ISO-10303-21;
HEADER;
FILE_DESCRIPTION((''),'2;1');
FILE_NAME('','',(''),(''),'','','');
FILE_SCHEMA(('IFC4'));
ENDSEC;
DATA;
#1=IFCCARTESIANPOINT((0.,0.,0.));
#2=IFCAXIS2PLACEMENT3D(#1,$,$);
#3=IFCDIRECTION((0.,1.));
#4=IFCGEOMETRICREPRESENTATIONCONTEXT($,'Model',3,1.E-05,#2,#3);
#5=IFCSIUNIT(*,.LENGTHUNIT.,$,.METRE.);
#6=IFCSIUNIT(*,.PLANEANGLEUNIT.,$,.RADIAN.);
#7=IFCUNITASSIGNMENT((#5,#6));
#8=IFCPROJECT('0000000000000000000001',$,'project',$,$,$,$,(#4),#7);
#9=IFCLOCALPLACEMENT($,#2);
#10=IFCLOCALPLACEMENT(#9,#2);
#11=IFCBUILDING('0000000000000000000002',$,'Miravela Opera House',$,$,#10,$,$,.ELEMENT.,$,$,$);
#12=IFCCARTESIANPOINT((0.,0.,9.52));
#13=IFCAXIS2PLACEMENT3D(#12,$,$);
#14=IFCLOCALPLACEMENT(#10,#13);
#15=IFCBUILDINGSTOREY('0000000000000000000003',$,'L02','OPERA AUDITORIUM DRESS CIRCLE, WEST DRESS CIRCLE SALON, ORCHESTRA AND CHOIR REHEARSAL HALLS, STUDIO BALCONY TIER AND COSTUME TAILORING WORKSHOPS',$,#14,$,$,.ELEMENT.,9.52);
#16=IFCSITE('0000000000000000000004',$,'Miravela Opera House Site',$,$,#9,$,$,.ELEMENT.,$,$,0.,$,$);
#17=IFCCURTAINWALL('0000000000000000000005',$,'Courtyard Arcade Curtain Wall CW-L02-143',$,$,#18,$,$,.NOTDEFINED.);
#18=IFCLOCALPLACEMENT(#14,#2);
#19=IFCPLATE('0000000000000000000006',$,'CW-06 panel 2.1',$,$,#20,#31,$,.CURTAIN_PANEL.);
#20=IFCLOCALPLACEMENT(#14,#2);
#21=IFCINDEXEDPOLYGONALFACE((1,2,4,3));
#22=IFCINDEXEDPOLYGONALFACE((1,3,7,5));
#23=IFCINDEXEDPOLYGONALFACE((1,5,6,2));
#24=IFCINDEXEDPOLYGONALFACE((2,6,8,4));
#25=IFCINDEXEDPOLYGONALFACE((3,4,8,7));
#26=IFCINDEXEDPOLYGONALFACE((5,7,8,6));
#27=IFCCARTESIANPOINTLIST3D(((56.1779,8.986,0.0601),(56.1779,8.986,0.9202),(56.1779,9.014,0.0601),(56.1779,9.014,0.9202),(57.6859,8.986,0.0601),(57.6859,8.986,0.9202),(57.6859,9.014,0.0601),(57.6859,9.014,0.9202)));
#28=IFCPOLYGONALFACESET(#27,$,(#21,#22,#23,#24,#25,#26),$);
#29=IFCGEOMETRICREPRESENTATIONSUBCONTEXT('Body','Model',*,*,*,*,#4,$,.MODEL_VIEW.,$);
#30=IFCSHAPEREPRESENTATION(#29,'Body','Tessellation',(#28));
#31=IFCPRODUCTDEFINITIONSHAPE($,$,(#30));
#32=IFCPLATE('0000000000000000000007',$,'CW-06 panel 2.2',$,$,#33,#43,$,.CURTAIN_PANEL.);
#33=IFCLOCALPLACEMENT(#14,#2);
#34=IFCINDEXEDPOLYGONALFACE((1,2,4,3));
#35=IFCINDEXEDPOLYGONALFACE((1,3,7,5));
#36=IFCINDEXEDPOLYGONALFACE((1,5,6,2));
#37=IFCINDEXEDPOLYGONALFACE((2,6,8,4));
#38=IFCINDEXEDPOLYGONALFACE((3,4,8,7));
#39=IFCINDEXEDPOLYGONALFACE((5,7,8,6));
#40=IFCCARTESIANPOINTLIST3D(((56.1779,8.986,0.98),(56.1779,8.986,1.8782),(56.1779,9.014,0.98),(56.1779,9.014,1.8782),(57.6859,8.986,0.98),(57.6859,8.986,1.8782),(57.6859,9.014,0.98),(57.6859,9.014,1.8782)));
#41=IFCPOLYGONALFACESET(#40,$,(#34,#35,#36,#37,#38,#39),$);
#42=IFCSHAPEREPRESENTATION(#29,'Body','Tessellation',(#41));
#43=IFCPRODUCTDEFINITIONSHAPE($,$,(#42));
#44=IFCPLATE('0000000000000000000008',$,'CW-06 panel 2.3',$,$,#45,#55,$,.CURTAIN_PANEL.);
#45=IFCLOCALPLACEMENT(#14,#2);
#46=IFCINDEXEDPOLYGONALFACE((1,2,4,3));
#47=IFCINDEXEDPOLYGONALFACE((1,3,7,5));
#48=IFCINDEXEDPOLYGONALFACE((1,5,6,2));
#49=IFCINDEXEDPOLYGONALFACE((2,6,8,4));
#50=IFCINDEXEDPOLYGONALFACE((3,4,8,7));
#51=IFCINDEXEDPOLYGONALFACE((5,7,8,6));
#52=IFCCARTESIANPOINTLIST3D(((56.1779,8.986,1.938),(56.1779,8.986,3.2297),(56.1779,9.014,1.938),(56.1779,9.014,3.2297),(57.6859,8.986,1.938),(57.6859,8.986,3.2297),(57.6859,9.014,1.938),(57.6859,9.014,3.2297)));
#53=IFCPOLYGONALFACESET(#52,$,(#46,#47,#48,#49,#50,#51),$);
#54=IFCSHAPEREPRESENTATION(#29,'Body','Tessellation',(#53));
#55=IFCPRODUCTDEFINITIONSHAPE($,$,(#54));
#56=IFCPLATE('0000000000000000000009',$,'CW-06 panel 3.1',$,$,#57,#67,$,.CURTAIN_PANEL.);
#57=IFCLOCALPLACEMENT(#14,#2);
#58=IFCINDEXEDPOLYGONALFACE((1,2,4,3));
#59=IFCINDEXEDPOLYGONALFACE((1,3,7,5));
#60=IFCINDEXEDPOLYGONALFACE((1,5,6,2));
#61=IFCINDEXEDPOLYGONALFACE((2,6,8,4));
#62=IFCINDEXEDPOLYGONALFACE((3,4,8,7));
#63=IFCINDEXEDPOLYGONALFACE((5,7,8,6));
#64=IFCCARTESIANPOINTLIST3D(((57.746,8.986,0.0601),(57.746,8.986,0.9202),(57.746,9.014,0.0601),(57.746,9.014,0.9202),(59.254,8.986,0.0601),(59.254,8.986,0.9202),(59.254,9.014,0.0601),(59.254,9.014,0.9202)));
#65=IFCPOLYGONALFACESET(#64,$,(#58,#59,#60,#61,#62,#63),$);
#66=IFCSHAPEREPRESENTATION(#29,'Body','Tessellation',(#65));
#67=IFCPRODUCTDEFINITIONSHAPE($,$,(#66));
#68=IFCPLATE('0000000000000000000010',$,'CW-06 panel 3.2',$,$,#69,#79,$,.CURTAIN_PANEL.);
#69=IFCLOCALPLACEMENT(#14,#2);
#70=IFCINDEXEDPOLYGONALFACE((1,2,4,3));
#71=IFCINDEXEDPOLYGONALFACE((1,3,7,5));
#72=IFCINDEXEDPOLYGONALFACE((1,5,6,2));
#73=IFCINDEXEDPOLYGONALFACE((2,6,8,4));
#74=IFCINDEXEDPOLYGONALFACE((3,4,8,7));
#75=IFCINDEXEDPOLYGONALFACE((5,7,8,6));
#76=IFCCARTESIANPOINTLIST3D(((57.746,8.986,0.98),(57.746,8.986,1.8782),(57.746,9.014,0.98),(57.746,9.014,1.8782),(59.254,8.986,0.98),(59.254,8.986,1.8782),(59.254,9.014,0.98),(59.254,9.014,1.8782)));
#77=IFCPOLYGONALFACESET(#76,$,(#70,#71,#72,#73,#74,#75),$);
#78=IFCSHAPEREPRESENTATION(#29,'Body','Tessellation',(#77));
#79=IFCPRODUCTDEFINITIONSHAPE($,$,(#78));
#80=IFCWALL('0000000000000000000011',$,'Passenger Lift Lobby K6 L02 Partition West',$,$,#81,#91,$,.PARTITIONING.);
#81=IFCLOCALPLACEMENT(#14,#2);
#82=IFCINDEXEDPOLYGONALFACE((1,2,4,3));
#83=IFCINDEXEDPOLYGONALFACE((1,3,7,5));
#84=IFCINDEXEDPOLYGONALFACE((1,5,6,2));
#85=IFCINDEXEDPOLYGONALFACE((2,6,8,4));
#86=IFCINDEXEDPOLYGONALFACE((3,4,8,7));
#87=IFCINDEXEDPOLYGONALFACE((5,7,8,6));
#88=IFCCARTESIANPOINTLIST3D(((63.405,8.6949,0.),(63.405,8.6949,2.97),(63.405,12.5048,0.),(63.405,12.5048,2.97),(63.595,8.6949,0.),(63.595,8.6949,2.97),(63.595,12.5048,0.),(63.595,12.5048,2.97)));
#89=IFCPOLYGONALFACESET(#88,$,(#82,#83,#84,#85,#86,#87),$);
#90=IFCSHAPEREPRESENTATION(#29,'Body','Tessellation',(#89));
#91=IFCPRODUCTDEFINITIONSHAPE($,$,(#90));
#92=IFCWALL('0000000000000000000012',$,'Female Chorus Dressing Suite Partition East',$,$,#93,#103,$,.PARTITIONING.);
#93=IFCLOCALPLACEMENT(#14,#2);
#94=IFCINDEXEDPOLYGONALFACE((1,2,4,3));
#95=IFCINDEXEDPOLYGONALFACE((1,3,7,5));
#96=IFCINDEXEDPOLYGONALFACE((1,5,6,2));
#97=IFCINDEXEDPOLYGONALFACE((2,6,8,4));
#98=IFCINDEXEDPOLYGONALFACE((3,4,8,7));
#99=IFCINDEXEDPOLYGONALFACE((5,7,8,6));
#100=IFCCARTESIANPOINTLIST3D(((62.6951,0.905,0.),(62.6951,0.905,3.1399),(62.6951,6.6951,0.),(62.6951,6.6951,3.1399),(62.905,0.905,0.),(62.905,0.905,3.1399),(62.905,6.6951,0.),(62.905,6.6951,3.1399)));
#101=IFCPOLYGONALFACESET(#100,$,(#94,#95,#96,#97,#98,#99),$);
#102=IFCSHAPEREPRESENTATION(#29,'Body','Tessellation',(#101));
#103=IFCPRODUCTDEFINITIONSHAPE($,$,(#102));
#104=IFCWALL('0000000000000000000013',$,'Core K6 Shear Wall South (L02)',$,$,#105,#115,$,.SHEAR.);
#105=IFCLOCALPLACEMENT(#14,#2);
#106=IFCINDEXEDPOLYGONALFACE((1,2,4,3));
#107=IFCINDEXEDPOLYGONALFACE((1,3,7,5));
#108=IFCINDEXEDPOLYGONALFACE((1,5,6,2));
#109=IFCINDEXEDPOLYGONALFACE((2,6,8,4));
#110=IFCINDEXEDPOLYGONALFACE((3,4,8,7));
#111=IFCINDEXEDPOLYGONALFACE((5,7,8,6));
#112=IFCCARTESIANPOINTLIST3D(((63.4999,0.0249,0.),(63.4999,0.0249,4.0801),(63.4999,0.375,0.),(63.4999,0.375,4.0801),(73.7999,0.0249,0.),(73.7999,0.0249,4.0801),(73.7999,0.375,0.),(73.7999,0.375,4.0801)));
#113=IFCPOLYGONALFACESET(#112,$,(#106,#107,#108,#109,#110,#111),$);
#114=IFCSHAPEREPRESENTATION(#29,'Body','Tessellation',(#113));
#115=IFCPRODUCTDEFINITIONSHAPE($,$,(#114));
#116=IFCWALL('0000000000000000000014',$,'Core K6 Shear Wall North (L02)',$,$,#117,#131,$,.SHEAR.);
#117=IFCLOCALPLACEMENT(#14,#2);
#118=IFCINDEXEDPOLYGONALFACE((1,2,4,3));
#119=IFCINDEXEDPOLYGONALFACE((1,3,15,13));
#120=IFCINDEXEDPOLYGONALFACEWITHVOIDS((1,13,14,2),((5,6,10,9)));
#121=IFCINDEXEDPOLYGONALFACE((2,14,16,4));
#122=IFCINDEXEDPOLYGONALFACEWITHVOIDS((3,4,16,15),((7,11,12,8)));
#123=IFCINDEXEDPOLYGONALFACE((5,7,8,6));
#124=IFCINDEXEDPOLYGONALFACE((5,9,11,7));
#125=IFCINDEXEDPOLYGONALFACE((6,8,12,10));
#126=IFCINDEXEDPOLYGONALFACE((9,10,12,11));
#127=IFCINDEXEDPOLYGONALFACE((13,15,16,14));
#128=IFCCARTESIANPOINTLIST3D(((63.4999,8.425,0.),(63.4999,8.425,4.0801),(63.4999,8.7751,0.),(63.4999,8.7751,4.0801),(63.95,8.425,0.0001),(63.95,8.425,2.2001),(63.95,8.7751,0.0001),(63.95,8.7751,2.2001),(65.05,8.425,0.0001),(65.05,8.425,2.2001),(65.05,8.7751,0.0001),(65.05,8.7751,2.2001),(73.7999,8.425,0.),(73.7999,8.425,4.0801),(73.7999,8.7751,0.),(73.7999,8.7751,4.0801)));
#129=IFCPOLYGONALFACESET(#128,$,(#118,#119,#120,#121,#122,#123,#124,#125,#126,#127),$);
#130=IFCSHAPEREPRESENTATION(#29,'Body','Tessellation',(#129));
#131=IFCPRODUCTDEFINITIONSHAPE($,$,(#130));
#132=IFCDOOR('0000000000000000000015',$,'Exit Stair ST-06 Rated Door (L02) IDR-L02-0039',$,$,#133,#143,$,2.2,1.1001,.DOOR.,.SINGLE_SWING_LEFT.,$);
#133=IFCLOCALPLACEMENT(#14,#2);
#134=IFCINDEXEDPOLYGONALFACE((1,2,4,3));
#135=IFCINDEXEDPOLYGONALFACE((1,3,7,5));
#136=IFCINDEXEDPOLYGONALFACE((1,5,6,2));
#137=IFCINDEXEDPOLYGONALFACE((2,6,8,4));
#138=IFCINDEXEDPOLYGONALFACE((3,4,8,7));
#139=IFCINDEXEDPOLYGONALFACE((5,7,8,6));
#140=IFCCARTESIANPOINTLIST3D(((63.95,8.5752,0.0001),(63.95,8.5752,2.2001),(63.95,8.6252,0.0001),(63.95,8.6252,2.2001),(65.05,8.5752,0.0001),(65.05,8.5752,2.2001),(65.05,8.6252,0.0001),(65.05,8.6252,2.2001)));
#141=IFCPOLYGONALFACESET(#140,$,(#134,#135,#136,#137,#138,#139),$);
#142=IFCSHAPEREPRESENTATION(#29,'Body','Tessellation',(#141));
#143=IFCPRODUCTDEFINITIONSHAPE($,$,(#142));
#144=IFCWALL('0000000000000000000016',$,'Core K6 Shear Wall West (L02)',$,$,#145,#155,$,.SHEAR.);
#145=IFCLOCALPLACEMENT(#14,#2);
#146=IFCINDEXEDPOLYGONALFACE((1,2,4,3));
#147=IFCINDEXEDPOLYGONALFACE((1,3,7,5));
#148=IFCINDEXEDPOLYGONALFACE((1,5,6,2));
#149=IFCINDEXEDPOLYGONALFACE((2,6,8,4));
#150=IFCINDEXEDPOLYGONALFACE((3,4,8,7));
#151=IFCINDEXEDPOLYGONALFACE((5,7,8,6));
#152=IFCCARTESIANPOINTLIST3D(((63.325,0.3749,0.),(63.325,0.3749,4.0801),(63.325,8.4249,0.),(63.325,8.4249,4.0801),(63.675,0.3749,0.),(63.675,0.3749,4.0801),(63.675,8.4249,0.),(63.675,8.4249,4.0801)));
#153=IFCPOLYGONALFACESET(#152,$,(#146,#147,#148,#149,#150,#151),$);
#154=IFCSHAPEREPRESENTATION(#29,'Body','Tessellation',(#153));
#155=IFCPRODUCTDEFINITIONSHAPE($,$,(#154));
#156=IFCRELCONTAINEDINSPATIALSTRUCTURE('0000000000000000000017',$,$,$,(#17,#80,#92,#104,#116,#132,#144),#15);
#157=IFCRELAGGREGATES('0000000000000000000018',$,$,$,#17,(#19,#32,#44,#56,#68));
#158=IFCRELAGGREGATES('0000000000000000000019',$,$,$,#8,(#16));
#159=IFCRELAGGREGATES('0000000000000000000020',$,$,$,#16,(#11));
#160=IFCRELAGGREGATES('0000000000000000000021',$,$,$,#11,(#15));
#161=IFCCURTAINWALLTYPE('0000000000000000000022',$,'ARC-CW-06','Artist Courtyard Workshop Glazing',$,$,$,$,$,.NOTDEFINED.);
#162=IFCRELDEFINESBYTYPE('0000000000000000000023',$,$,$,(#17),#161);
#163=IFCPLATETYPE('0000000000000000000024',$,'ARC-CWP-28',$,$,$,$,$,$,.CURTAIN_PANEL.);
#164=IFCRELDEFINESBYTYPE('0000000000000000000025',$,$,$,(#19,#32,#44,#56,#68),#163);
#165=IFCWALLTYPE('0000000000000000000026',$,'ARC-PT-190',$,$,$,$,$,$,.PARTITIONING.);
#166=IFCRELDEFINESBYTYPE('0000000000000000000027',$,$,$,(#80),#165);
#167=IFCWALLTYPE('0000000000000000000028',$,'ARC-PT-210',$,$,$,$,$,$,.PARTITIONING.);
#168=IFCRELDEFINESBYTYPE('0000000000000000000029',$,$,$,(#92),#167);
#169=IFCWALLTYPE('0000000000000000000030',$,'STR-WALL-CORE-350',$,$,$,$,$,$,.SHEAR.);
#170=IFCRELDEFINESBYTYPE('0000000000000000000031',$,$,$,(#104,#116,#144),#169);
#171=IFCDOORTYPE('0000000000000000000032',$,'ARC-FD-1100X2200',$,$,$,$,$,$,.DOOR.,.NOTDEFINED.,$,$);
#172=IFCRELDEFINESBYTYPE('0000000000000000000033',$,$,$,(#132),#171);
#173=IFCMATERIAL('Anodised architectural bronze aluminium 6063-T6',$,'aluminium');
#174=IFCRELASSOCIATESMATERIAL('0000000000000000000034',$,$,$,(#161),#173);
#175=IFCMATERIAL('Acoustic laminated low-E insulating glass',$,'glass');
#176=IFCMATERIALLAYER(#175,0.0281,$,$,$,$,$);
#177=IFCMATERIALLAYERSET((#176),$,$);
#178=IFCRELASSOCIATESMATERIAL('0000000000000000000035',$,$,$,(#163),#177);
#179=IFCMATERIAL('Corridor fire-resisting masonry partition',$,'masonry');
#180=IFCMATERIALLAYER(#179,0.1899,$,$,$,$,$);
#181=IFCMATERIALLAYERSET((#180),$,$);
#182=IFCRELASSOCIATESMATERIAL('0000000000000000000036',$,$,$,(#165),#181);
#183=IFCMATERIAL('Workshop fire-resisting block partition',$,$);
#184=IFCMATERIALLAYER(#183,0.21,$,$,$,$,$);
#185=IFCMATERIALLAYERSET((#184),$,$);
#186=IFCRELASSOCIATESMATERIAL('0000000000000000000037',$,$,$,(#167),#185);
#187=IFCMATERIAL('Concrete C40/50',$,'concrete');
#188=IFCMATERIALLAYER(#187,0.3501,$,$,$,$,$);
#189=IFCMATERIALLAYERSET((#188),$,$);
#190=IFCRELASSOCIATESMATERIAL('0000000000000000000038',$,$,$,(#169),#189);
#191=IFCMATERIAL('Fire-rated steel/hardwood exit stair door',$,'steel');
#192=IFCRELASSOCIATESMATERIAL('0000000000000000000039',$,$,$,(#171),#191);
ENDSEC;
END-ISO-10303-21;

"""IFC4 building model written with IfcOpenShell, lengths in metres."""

from ifc_helpers import new_model, si_unit, direction, frame, frame_2d, origin, origin_2d, place, context, subcontext, project, spatial, rectangle, extrude, material, layer, layer_set, type_object, element, fill, aggregate, save


model = new_model("IFC4")

# Units and contexts
model_context = context("Model", 3, precision=1e-05, world=origin(), true_north=direction((0.0, 1.0)))
body_context = subcontext(model_context, "Body", "Model", "MODEL_VIEW")
ifc_project = project(units=[si_unit("LENGTHUNIT", "METRE"), si_unit("PLANEANGLEUNIT", "RADIAN")], contexts=[model_context])

# Site, building, storey
site_placement = place(None, origin())
site = spatial("IfcSite", under=ifc_project, at=site_placement, Name="Miravela Opera House Site", CompositionType="ELEMENT", RefElevation=0.0)
building_placement = place(site_placement, origin())
building = spatial("IfcBuilding", under=site, at=building_placement, Name="Miravela Opera House", CompositionType="ELEMENT")
storey_placement = place(building_placement, frame((0.0, 0.0, 9.52)))
storey = spatial("IfcBuildingStorey", under=building, at=storey_placement, Name="L02", Description="OPERA AUDITORIUM DRESS CIRCLE, WEST DRESS CIRCLE SALON, ORCHESTRA AND CHOIR REHEARSAL HALLS, STUDIO BALCONY TIER AND COSTUME TAILORING WORKSHOPS", CompositionType="ELEMENT", Elevation=9.52)

# Curtain wall
ifc_material_1 = material(Name="Anodised architectural bronze aluminium 6063-T6", Category="aluminium")
curtain_wall_type = type_object("IfcCurtainWallType", Name="ARC-CW-06", Description="Artist Courtyard Workshop Glazing", PredefinedType="NOTDEFINED", material=ifc_material_1)
curtain_wall_placement = place(storey_placement, origin())
curtain_wall = element("IfcCurtainWall", 1, at=curtain_wall_placement, inside=storey, type_object=curtain_wall_type, Name="Courtyard Arcade Curtain Wall CW-L02-143", PredefinedType="NOTDEFINED")

# Plates
ifc_material_2 = material(Name="Acoustic laminated low-E insulating glass", Category="glass")
ifc_layer_1 = layer(ifc_material_2, 0.0281)
ifc_layer_set_1 = layer_set([ifc_layer_1])
plate_type = type_object("IfcPlateType", Name="ARC-CWP-28", PredefinedType="CURTAIN_PANEL", material=ifc_layer_set_1)
plate_1_placement = place(storey_placement, frame((56.9319, 9.0, 0.0601), z_axis=(0.0, 0.0, 1.0), x_axis=(1.0, 0.0, 0.0)))
plate_1 = element("IfcPlate", 2, at=plate_1_placement, type_object=plate_type, Name="CW-06 panel 2.1", PredefinedType="CURTAIN_PANEL", context=body_context, shape_type="SweptSolid", body=[
    extrude(rectangle(XDim=1.5081, YDim=0.0281, at=origin_2d()), origin(), (0.0, 0.0, 1.0), 0.8601),
])
plate_2_placement = place(storey_placement, frame((56.9319, 9.0, 0.98), z_axis=(0.0, 0.0, 1.0), x_axis=(1.0, 0.0, 0.0)))
plate_2 = element("IfcPlate", 3, at=plate_2_placement, type_object=plate_type, Name="CW-06 panel 2.2", PredefinedType="CURTAIN_PANEL", context=body_context, shape_type="SweptSolid", body=[
    extrude(rectangle(XDim=1.5081, YDim=0.0281, at=origin_2d()), origin(), (0.0, 0.0, 1.0), 0.8982),
])
plate_3_placement = place(storey_placement, frame((56.9319, 9.0, 1.938), z_axis=(0.0, 0.0, 1.0), x_axis=(1.0, 0.0, 0.0)))
plate_3 = element("IfcPlate", 4, at=plate_3_placement, type_object=plate_type, Name="CW-06 panel 2.3", PredefinedType="CURTAIN_PANEL", context=body_context, shape_type="SweptSolid", body=[
    extrude(rectangle(XDim=1.5081, YDim=0.0281, at=origin_2d()), origin(), (0.0, 0.0, 1.0), 1.2917),
])
plate_4_placement = place(storey_placement, frame((58.5, 9.0, 0.0601), z_axis=(0.0, 0.0, 1.0), x_axis=(1.0, 0.0, 0.0)))
plate_4 = element("IfcPlate", 5, at=plate_4_placement, type_object=plate_type, Name="CW-06 panel 3.1", PredefinedType="CURTAIN_PANEL", context=body_context, shape_type="SweptSolid", body=[
    extrude(rectangle(XDim=1.5081, YDim=0.0281, at=origin_2d()), origin(), (0.0, 0.0, 1.0), 0.8601),
])
plate_5_placement = place(storey_placement, frame((58.5, 9.0, 0.98), z_axis=(0.0, 0.0, 1.0), x_axis=(1.0, 0.0, 0.0)))
plate_5 = element("IfcPlate", 6, at=plate_5_placement, type_object=plate_type, Name="CW-06 panel 3.2", PredefinedType="CURTAIN_PANEL", context=body_context, shape_type="SweptSolid", body=[
    extrude(rectangle(XDim=1.5081, YDim=0.0281, at=origin_2d()), origin(), (0.0, 0.0, 1.0), 0.8982),
])
aggregate(curtain_wall, [plate_1, plate_2, plate_3, plate_4, plate_5])

# Walls
ifc_material_3 = material(Name="Corridor fire-resisting masonry partition", Category="masonry")
ifc_layer_2 = layer(ifc_material_3, 0.1899)
ifc_layer_set_2 = layer_set([ifc_layer_2])
wall_type_1 = type_object("IfcWallType", Name="ARC-PT-190", PredefinedType="PARTITIONING", material=ifc_layer_set_2)
wall_1_placement = place(storey_placement, frame((63.5, 8.6951, 0.0), z_axis=(0.0, 0.0, 1.0), x_axis=(0.0, 1.0, 0.0)))
element("IfcWall", 7, at=wall_1_placement, inside=storey, type_object=wall_type_1, Name="Passenger Lift Lobby K6 L02 Partition West", PredefinedType="PARTITIONING", context=body_context, shape_type="SweptSolid", body=[
    extrude(rectangle(XDim=3.8098, YDim=0.1899, at=frame_2d((1.9048, 0.0))), origin(), (0.0, 0.0, 1.0), 2.97),
])
ifc_material_4 = material(Name="Workshop fire-resisting block partition")
ifc_layer_3 = layer(ifc_material_4, 0.21)
ifc_layer_set_3 = layer_set([ifc_layer_3])
wall_type_2 = type_object("IfcWallType", Name="ARC-PT-210", PredefinedType="PARTITIONING", material=ifc_layer_set_3)
wall_2_placement = place(storey_placement, frame((62.8, 0.905, 0.0), z_axis=(0.0, 0.0, 1.0), x_axis=(0.0, 1.0, 0.0)))
element("IfcWall", 8, at=wall_2_placement, inside=storey, type_object=wall_type_2, Name="Female Chorus Dressing Suite Partition East", PredefinedType="PARTITIONING", context=body_context, shape_type="SweptSolid", body=[
    extrude(rectangle(XDim=5.79, YDim=0.21, at=frame_2d((2.895, 0.0))), origin(), (0.0, 0.0, 1.0), 3.1399),
])
ifc_material_5 = material(Name="Concrete C40/50", Category="concrete")
ifc_layer_4 = layer(ifc_material_5, 0.3501)
ifc_layer_set_4 = layer_set([ifc_layer_4])
wall_type_3 = type_object("IfcWallType", Name="STR-WALL-CORE-350", PredefinedType="SHEAR", material=ifc_layer_set_4)
wall_3_placement = place(storey_placement, frame((63.5, 0.2, 0.0), z_axis=(0.0, 0.0, 1.0), x_axis=(1.0, 0.0, 0.0)))
element("IfcWall", 9, at=wall_3_placement, inside=storey, type_object=wall_type_3, Name="Core K6 Shear Wall South (L02)", PredefinedType="SHEAR", context=body_context, shape_type="SweptSolid", body=[
    extrude(rectangle(XDim=10.3, YDim=0.3501, at=frame_2d((5.1499, 0.0))), origin(), (0.0, 0.0, 1.0), 4.0801),
])

# Wall, opening, door
wall_4_placement = place(storey_placement, frame((63.5, 8.6001, 0.0), z_axis=(0.0, 0.0, 1.0), x_axis=(1.0, 0.0, 0.0)))
wall_4 = element("IfcWall", 10, at=wall_4_placement, inside=storey, type_object=wall_type_3, Name="Core K6 Shear Wall North (L02)", PredefinedType="SHEAR", context=body_context, shape_type="SweptSolid", body=[
    extrude(rectangle(XDim=10.3, YDim=0.3501, at=frame_2d((5.1499, 0.0))), origin(), (0.0, 0.0, 1.0), 4.0801),
])
opening_placement = place(wall_4_placement, frame((0.45, 0.0, 0.0)))
opening = element("IfcOpeningElement", 11, at=opening_placement, cuts=wall_4, PredefinedType="OPENING", context=body_context, shape_type="SweptSolid", body=[
    extrude(rectangle(XDim=1.1001, YDim=2.2, at=frame_2d((0.55, 1.1001))), frame((0.0, 0.1851, 0.0), z_axis=(0.0, -1.0, 0.0), x_axis=(1.0, 0.0, 0.0)), (0.0, 0.0, 1.0), 0.3701),
])
ifc_material_6 = material(Name="Fire-rated steel/hardwood exit stair door", Category="steel")
door_type = type_object("IfcDoorType", Name="ARC-FD-1100X2200", OperationType="NOTDEFINED", PredefinedType="DOOR", material=ifc_material_6)
door_placement = place(opening_placement, frame((1.1001, 0.0, 0.0), z_axis=(0.0, 0.0, 1.0), x_axis=(-1.0, 0.0, 0.0)))
door = element("IfcDoor", 12, at=door_placement, inside=storey, type_object=door_type, Name="Exit Stair ST-06 Rated Door (L02) IDR-L02-0039", OperationType="SINGLE_SWING_LEFT", OverallHeight=2.2, OverallWidth=1.1001, PredefinedType="DOOR", context=body_context, shape_type="SweptSolid", body=[
    extrude(rectangle(XDim=1.1001, YDim=2.2, at=frame_2d((0.55, 1.1001))), frame((0.0, 0.0249, 0.0), z_axis=(0.0, -1.0, 0.0), x_axis=(1.0, 0.0, 0.0)), (0.0, 0.0, 1.0), 0.05),
])
fill(opening, door)

# Wall
wall_5_placement = place(storey_placement, frame((63.5, 0.375, 0.0), z_axis=(0.0, 0.0, 1.0), x_axis=(0.0, 1.0, 0.0)))
element("IfcWall", 13, at=wall_5_placement, inside=storey, type_object=wall_type_3, Name="Core K6 Shear Wall West (L02)", PredefinedType="SHEAR", context=body_context, shape_type="SweptSolid", body=[
    extrude(rectangle(XDim=8.05, YDim=0.3501, at=frame_2d((4.0249, 0.0))), origin(), (0.0, 0.0, 1.0), 4.0801),
])

save(model, "model.ifc")
